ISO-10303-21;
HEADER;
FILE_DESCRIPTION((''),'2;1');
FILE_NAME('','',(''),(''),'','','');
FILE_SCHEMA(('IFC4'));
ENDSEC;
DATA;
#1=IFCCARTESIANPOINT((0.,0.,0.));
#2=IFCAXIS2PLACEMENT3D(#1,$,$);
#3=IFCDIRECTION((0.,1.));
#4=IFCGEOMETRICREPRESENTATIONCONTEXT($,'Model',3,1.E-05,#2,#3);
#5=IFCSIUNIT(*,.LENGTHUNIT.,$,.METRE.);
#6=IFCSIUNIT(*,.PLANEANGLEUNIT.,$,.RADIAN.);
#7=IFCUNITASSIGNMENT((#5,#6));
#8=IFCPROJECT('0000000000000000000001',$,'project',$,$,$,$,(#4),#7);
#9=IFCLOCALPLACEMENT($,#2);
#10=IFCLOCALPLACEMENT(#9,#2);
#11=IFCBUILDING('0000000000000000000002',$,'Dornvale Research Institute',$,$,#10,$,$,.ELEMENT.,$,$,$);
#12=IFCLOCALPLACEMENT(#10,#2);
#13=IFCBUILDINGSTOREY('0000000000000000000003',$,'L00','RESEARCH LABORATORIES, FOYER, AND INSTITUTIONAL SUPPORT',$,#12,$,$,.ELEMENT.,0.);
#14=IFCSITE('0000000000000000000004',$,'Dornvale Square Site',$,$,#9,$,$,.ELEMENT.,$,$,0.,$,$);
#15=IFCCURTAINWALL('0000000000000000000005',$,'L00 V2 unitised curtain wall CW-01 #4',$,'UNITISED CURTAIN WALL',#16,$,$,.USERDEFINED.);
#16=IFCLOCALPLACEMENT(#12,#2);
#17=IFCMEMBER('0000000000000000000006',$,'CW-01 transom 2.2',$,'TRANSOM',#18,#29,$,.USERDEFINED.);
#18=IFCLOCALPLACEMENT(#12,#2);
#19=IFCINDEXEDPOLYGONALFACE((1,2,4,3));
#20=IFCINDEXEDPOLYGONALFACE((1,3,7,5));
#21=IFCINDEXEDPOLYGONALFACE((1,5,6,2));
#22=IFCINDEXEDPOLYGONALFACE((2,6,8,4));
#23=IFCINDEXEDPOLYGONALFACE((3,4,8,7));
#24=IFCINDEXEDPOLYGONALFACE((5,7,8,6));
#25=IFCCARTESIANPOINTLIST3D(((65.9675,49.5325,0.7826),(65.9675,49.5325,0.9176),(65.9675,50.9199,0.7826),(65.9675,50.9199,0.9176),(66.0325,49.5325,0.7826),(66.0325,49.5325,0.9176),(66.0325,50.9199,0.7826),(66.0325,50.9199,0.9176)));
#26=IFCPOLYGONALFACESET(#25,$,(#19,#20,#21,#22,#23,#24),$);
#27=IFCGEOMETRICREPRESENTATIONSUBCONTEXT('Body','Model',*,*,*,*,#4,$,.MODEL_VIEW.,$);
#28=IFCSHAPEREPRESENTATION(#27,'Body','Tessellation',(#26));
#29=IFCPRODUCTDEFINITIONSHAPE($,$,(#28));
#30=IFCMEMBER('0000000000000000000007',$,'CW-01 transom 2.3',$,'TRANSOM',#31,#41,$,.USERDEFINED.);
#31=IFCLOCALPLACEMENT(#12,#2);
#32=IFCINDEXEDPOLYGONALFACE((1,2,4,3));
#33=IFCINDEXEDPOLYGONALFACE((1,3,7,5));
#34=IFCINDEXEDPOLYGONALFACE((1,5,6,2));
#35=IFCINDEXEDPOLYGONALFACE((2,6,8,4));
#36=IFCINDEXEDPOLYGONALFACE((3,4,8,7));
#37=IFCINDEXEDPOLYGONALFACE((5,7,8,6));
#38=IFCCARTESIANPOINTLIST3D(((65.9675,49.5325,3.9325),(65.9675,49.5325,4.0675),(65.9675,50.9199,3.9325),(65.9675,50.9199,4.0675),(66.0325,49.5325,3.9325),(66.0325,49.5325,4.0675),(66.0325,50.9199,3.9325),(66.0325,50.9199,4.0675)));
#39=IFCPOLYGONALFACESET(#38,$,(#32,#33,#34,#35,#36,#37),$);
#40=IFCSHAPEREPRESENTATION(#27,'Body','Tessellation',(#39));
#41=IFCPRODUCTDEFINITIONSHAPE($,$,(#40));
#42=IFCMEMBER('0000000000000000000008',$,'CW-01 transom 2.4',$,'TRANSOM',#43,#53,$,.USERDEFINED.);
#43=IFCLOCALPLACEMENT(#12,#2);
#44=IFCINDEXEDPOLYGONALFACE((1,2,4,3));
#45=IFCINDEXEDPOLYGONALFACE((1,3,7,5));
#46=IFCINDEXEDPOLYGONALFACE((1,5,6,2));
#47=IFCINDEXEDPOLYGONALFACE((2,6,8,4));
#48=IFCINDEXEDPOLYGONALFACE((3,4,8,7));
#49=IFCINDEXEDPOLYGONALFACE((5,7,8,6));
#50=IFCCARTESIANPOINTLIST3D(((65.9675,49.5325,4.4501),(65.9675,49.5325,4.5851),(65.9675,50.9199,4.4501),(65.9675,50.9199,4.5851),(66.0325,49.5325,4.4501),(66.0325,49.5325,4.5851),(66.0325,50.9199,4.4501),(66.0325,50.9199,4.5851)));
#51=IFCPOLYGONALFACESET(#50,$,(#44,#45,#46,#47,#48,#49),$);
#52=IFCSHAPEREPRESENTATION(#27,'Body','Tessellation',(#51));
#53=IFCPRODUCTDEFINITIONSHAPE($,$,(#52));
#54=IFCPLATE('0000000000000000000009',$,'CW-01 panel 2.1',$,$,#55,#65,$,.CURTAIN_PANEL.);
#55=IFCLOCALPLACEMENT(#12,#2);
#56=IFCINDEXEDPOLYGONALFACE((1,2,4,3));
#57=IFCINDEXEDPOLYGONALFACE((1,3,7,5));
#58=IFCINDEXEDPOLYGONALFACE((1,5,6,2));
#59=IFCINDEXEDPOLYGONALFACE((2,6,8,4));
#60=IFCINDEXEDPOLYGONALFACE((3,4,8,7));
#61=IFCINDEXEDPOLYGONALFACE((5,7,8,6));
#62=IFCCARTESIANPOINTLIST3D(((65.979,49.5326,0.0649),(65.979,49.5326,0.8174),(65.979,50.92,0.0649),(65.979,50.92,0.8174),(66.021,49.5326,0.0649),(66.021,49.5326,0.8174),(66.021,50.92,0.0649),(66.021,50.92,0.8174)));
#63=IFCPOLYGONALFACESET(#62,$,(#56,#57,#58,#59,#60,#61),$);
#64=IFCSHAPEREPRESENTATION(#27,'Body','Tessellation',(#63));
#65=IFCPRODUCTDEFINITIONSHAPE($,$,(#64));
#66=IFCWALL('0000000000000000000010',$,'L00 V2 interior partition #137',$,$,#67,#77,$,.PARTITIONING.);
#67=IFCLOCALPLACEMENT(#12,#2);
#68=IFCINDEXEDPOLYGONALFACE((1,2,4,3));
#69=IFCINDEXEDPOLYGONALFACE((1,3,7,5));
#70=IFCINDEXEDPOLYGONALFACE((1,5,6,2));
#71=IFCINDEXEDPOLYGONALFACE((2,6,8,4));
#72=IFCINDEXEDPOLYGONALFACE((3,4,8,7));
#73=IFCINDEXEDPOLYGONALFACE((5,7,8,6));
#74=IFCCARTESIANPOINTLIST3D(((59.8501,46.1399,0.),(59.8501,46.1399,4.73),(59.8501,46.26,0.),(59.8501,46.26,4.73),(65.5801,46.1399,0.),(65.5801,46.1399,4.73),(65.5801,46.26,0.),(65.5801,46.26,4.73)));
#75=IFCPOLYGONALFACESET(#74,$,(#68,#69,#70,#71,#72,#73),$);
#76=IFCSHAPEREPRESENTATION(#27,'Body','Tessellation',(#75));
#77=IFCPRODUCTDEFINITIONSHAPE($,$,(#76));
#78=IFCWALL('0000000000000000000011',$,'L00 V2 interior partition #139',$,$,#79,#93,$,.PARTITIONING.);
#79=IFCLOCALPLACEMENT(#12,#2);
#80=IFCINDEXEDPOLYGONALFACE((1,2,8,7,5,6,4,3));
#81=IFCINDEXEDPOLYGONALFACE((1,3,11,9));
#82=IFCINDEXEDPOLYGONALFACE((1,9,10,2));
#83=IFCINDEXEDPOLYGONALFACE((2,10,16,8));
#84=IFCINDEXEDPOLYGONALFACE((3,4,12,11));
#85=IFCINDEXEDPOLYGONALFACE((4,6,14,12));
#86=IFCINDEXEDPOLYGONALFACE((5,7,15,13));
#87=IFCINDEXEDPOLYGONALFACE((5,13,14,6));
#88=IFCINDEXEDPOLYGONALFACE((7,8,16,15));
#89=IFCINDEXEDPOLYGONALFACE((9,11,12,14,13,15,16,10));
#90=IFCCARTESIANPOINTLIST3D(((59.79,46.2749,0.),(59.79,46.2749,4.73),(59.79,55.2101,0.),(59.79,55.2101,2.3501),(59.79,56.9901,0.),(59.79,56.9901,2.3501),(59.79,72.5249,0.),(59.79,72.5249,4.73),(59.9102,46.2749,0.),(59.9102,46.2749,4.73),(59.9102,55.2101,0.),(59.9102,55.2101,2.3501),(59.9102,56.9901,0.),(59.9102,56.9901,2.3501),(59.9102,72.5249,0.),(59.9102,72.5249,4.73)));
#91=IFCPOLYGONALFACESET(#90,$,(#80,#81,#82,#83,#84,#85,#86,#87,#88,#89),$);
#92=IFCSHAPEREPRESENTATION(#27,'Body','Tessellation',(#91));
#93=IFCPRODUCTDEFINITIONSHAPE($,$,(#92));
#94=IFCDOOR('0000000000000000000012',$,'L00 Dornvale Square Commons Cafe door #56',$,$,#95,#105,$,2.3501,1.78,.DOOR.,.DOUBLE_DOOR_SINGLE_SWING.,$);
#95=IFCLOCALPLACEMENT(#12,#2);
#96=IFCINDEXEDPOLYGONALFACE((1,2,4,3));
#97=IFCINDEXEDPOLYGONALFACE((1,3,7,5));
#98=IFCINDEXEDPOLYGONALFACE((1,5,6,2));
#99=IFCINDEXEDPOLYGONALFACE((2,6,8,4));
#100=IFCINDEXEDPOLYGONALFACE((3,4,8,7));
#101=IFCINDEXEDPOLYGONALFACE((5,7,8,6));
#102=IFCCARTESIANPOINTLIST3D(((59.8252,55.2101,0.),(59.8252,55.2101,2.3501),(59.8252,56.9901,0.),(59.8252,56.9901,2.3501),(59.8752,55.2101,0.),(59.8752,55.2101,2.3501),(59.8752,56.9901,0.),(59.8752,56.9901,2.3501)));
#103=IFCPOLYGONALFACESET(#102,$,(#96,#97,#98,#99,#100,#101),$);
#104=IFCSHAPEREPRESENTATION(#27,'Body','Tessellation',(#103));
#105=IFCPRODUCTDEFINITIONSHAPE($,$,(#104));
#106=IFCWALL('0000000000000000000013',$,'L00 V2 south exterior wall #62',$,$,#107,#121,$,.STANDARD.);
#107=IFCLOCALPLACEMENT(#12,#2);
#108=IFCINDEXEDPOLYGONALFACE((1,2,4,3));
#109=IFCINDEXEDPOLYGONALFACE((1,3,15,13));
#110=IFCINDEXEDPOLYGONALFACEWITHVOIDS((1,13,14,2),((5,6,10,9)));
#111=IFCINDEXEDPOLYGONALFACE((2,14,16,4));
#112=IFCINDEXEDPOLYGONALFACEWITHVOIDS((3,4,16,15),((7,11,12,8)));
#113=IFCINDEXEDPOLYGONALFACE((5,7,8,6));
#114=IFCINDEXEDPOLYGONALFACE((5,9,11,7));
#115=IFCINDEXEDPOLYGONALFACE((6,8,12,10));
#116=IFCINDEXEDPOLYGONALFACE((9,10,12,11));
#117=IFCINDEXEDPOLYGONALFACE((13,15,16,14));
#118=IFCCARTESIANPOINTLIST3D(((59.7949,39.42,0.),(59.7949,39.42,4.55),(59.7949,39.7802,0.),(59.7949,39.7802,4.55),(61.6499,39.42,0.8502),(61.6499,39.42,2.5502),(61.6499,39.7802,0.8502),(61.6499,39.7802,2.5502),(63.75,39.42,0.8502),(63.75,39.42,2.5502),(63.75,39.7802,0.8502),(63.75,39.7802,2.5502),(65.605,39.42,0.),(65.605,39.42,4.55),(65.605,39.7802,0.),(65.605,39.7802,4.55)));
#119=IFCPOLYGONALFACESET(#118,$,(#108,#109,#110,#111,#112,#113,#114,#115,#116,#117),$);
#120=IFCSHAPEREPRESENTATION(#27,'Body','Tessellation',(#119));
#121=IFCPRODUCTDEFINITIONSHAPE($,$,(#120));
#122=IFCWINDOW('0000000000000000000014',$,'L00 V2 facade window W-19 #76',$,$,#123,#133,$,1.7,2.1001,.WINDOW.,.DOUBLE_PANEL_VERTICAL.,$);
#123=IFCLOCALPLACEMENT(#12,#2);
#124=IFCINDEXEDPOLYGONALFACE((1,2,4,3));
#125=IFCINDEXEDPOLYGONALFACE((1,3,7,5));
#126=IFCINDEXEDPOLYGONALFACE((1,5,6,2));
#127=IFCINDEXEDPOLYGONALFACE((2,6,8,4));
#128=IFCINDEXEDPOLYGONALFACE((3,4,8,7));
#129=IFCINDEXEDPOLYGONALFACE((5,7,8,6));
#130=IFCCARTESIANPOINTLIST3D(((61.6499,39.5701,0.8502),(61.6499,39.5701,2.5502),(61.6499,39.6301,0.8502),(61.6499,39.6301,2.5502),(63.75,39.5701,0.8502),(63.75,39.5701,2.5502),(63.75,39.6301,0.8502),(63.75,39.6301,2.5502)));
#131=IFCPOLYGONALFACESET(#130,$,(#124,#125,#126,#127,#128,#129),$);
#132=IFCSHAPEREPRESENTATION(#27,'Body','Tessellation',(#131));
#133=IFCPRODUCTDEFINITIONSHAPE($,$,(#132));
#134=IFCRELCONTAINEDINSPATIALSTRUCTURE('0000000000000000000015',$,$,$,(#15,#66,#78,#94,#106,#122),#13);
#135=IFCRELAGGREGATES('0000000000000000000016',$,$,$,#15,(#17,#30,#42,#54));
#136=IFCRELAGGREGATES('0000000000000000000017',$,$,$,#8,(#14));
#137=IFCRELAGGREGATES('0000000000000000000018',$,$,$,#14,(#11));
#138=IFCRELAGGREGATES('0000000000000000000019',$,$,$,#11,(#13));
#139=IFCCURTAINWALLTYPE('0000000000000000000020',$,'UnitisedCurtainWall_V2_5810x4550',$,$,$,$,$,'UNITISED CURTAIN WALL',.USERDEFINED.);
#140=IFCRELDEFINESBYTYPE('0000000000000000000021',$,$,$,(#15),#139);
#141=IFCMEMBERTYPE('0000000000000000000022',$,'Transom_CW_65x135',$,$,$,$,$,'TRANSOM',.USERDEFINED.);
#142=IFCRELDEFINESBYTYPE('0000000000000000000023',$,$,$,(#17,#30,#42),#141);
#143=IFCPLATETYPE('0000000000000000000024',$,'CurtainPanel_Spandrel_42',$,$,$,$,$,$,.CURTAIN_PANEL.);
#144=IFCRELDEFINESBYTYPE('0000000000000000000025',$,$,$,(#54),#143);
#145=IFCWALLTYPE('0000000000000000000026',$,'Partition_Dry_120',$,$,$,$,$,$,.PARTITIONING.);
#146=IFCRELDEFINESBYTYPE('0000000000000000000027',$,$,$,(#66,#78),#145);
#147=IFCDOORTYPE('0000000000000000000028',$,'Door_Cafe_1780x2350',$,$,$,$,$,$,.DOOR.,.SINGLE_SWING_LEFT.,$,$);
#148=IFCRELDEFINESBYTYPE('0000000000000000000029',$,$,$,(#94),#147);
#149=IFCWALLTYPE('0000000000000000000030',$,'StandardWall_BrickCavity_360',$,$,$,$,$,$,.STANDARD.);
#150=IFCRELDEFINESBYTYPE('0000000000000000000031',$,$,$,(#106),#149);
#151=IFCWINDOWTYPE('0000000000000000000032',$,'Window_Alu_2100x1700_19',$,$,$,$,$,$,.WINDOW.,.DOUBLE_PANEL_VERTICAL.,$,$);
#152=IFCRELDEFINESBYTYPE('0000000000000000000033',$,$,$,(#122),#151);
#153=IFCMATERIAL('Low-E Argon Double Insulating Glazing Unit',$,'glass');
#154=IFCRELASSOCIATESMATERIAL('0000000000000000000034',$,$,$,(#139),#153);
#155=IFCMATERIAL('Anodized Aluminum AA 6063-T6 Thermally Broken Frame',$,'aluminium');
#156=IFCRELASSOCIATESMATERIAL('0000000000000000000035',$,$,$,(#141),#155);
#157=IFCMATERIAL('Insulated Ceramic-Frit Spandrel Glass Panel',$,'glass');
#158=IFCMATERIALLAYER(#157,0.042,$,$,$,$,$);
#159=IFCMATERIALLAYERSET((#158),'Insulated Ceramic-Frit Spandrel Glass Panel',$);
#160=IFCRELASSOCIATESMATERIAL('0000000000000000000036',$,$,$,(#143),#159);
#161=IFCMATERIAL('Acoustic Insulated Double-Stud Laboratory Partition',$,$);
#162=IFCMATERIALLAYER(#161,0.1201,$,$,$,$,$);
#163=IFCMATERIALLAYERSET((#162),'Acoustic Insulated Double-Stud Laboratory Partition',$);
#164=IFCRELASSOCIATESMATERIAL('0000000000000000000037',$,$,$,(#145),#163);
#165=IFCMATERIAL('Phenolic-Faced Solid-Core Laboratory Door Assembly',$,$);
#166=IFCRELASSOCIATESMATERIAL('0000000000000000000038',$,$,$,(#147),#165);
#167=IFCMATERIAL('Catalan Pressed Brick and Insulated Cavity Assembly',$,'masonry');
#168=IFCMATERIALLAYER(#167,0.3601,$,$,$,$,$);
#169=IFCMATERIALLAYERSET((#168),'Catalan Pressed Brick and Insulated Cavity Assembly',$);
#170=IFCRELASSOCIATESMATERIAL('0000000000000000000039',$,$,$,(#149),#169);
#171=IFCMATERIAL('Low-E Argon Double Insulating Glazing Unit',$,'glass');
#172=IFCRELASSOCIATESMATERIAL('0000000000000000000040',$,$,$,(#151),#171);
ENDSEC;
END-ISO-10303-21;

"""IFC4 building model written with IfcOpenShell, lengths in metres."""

from ifc_helpers import new_model, si_unit, direction, frame, frame_2d, origin, origin_2d, place, context, subcontext, project, spatial, rectangle, extrude, material, layer, layer_set, material_profile, profile_set, type_object, element, fill, aggregate, save


model = new_model("IFC4")

# Units and contexts
model_context = context("Model", 3, precision=1e-05, world=origin(), true_north=direction((0.0, 1.0)))
body_context = subcontext(model_context, "Body", "Model", "MODEL_VIEW")
ifc_project = project(units=[si_unit("LENGTHUNIT", "METRE"), si_unit("PLANEANGLEUNIT", "RADIAN")], contexts=[model_context])

# Site, building, storey
site_placement = place(None, origin())
site = spatial("IfcSite", under=ifc_project, at=site_placement, Name="Dornvale Square Site", CompositionType="ELEMENT", RefElevation=0.0)
building_placement = place(site_placement, origin())
building = spatial("IfcBuilding", under=site, at=building_placement, Name="Dornvale Research Institute", CompositionType="ELEMENT")
storey_placement = place(building_placement, origin())
storey = spatial("IfcBuildingStorey", under=building, at=storey_placement, Name="L00", Description="RESEARCH LABORATORIES, FOYER, AND INSTITUTIONAL SUPPORT", CompositionType="ELEMENT", Elevation=0.0)

# Curtain wall, members, plate
ifc_material_1 = material(Name="Low-E Argon Double Insulating Glazing Unit", Category="glass")
curtain_wall_type = type_object("IfcCurtainWallType", Name="UnitisedCurtainWall_V2_5810x4550", ElementType="UNITISED CURTAIN WALL", PredefinedType="USERDEFINED", material=ifc_material_1)
curtain_wall_placement = place(storey_placement, origin())
curtain_wall = element("IfcCurtainWall", 1, at=curtain_wall_placement, inside=storey, type_object=curtain_wall_type, Name="L00 V2 unitised curtain wall CW-01 #4", ObjectType="UNITISED CURTAIN WALL", PredefinedType="USERDEFINED")
ifc_material_2 = material(Name="Anodized Aluminum AA 6063-T6 Thermally Broken Frame", Category="aluminium")
ifc_material_profile_1 = material_profile(ifc_material_2, rectangle(XDim=0.0649, YDim=0.135, at=origin_2d()), Name="ALU TRANSOM 65x135")
ifc_profile_set_1 = profile_set([ifc_material_profile_1], Name="Anodized Aluminum AA 6063-T6 Thermally Broken Frame")
member_type_1 = type_object("IfcMemberType", Name="Transom_CW_65x135", ElementType="TRANSOM", PredefinedType="USERDEFINED", material=ifc_profile_set_1)
member_1_placement = place(storey_placement, frame((66.0, 50.9199, 0.8501), z_axis=(0.0, -1.0, 0.0), x_axis=(1.0, 0.0, 0.0)))
member_1 = element("IfcMember", 2, at=member_1_placement, type_object=member_type_1, Name="CW-01 transom 2.2", ObjectType="TRANSOM", PredefinedType="USERDEFINED", context=body_context, shape_type="SweptSolid", body=[
    extrude(rectangle(XDim=0.0649, YDim=0.135, at=origin_2d()), origin(), (0.0, 0.0, 1.0), 1.3875),
])
member_2_placement = place(storey_placement, frame((66.0, 50.9199, 4.0), z_axis=(0.0, -1.0, 0.0), x_axis=(1.0, 0.0, 0.0)))
member_2 = element("IfcMember", 3, at=member_2_placement, type_object=member_type_1, Name="CW-01 transom 2.3", ObjectType="TRANSOM", PredefinedType="USERDEFINED", context=body_context, shape_type="SweptSolid", body=[
    extrude(rectangle(XDim=0.0649, YDim=0.135, at=origin_2d()), origin(), (0.0, 0.0, 1.0), 1.3875),
])
member_3_placement = place(storey_placement, frame((66.0, 50.9199, 4.5176), z_axis=(0.0, -1.0, 0.0), x_axis=(1.0, 0.0, 0.0)))
member_3 = element("IfcMember", 4, at=member_3_placement, type_object=member_type_1, Name="CW-01 transom 2.4", ObjectType="TRANSOM", PredefinedType="USERDEFINED", context=body_context, shape_type="SweptSolid", body=[
    extrude(rectangle(XDim=0.0649, YDim=0.135, at=origin_2d()), origin(), (0.0, 0.0, 1.0), 1.3875),
])
ifc_material_3 = material(Name="Insulated Ceramic-Frit Spandrel Glass Panel", Category="glass")
ifc_layer_1 = layer(ifc_material_3, 0.042)
ifc_layer_set_1 = layer_set([ifc_layer_1], Name="Insulated Ceramic-Frit Spandrel Glass Panel")
plate_type = type_object("IfcPlateType", Name="CurtainPanel_Spandrel_42", PredefinedType="CURTAIN_PANEL", material=ifc_layer_set_1)
plate_placement = place(storey_placement, frame((66.0, 50.2263, 0.0649), z_axis=(0.0, 0.0, 1.0), x_axis=(0.0, -1.0, 0.0)))
plate = element("IfcPlate", 5, at=plate_placement, type_object=plate_type, Name="CW-01 panel 2.1", PredefinedType="CURTAIN_PANEL", context=body_context, shape_type="SweptSolid", body=[
    extrude(rectangle(XDim=1.3875, YDim=0.042, at=origin_2d()), origin(), (0.0, 0.0, 1.0), 0.7524),
])
aggregate(curtain_wall, [member_1, member_2, member_3, plate])

# Wall
ifc_material_4 = material(Name="Acoustic Insulated Double-Stud Laboratory Partition")
ifc_layer_2 = layer(ifc_material_4, 0.1201)
ifc_layer_set_2 = layer_set([ifc_layer_2], Name="Acoustic Insulated Double-Stud Laboratory Partition")
wall_type_1 = type_object("IfcWallType", Name="Partition_Dry_120", PredefinedType="PARTITIONING", material=ifc_layer_set_2)
wall_1_placement = place(storey_placement, frame((59.8501, 46.2, 0.0), z_axis=(0.0, 0.0, 1.0), x_axis=(1.0, 0.0, 0.0)))
element("IfcWall", 6, at=wall_1_placement, inside=storey, type_object=wall_type_1, Name="L00 V2 interior partition #137", PredefinedType="PARTITIONING", context=body_context, shape_type="SweptSolid", body=[
    extrude(rectangle(XDim=5.73, YDim=0.1201, at=frame_2d((2.865, 0.0))), origin(), (0.0, 0.0, 1.0), 4.73),
])

# Wall, opening, door
wall_2_placement = place(storey_placement, frame((59.8501, 46.2749, 0.0), z_axis=(0.0, 0.0, 1.0), x_axis=(0.0, 1.0, 0.0)))
wall_2 = element("IfcWall", 7, at=wall_2_placement, inside=storey, type_object=wall_type_1, Name="L00 V2 interior partition #139", PredefinedType="PARTITIONING", context=body_context, shape_type="SweptSolid", body=[
    extrude(rectangle(XDim=26.25, YDim=0.1201, at=frame_2d((13.125, 0.0))), origin(), (0.0, 0.0, 1.0), 4.73),
])
opening_1_placement = place(wall_2_placement, frame((8.9351, 0.0, 0.0)))
opening_1 = element("IfcOpeningElement", 8, at=opening_1_placement, cuts=wall_2, PredefinedType="OPENING", context=body_context, shape_type="SweptSolid", body=[
    extrude(rectangle(XDim=1.78, YDim=2.3501, at=frame_2d((0.8901, 1.175))), frame((0.0, 0.075, 0.0), z_axis=(0.0, -1.0, 0.0), x_axis=(1.0, 0.0, 0.0)), (0.0, 0.0, 1.0), 0.1501),
])
ifc_material_5 = material(Name="Phenolic-Faced Solid-Core Laboratory Door Assembly")
door_type = type_object("IfcDoorType", Name="Door_Cafe_1780x2350", OperationType="SINGLE_SWING_LEFT", PredefinedType="DOOR", material=ifc_material_5)
door_placement = place(opening_1_placement, origin())
door = element("IfcDoor", 9, at=door_placement, inside=storey, type_object=door_type, Name="L00 Dornvale Square Commons Cafe door #56", OperationType="DOUBLE_DOOR_SINGLE_SWING", OverallHeight=2.3501, OverallWidth=1.78, PredefinedType="DOOR", context=body_context, shape_type="SweptSolid", body=[
    extrude(rectangle(XDim=1.78, YDim=2.3501, at=frame_2d((0.8901, 1.175))), frame((0.0, 0.0249, 0.0), z_axis=(0.0, -1.0, 0.0), x_axis=(1.0, 0.0, 0.0)), (0.0, 0.0, 1.0), 0.05),
])
fill(opening_1, door)

# Wall, opening, window
ifc_material_6 = material(Name="Catalan Pressed Brick and Insulated Cavity Assembly", Category="masonry")
ifc_layer_3 = layer(ifc_material_6, 0.3601)
ifc_layer_set_3 = layer_set([ifc_layer_3], Name="Catalan Pressed Brick and Insulated Cavity Assembly")
wall_type_2 = type_object("IfcWallType", Name="StandardWall_BrickCavity_360", PredefinedType="STANDARD", material=ifc_layer_set_3)
wall_3_placement = place(storey_placement, frame((65.605, 39.6001, 0.0), z_axis=(0.0, 0.0, 1.0), x_axis=(-1.0, 0.0, 0.0)))
wall_3 = element("IfcWall", 10, at=wall_3_placement, inside=storey, type_object=wall_type_2, Name="L00 V2 south exterior wall #62", PredefinedType="STANDARD", context=body_context, shape_type="SweptSolid", body=[
    extrude(rectangle(XDim=5.8101, YDim=0.3601, at=frame_2d((2.905, 0.0))), origin(), (0.0, 0.0, 1.0), 4.55),
])
opening_2_placement = place(wall_3_placement, frame((1.855, 0.0, 0.8501)))
opening_2 = element("IfcOpeningElement", 11, at=opening_2_placement, cuts=wall_3, PredefinedType="OPENING", context=body_context, shape_type="SweptSolid", body=[
    extrude(rectangle(XDim=2.1001, YDim=1.7, at=frame_2d((1.05, 0.8501))), frame((0.0, 0.1951, 0.0), z_axis=(0.0, -1.0, 0.0), x_axis=(1.0, 0.0, 0.0)), (0.0, 0.0, 1.0), 0.3901),
])
ifc_material_7 = material(Name="Low-E Argon Double Insulating Glazing Unit", Category="glass")
window_type = type_object("IfcWindowType", Name="Window_Alu_2100x1700_19", PartitioningType="DOUBLE_PANEL_VERTICAL", PredefinedType="WINDOW", material=ifc_material_7)
window_placement = place(opening_2_placement, origin())
window = element("IfcWindow", 12, at=window_placement, inside=storey, type_object=window_type, Name="L00 V2 facade window W-19 #76", OverallHeight=1.7, OverallWidth=2.1001, PartitioningType="DOUBLE_PANEL_VERTICAL", PredefinedType="WINDOW", context=body_context, shape_type="SweptSolid", body=[
    extrude(rectangle(XDim=2.1001, YDim=1.7, at=frame_2d((1.05, 0.8501))), frame((0.0, 0.03, 0.0), z_axis=(0.0, -1.0, 0.0), x_axis=(1.0, 0.0, 0.0)), (0.0, 0.0, 1.0), 0.0601),
])
fill(opening_2, window)

save(model, "model.ifc")
